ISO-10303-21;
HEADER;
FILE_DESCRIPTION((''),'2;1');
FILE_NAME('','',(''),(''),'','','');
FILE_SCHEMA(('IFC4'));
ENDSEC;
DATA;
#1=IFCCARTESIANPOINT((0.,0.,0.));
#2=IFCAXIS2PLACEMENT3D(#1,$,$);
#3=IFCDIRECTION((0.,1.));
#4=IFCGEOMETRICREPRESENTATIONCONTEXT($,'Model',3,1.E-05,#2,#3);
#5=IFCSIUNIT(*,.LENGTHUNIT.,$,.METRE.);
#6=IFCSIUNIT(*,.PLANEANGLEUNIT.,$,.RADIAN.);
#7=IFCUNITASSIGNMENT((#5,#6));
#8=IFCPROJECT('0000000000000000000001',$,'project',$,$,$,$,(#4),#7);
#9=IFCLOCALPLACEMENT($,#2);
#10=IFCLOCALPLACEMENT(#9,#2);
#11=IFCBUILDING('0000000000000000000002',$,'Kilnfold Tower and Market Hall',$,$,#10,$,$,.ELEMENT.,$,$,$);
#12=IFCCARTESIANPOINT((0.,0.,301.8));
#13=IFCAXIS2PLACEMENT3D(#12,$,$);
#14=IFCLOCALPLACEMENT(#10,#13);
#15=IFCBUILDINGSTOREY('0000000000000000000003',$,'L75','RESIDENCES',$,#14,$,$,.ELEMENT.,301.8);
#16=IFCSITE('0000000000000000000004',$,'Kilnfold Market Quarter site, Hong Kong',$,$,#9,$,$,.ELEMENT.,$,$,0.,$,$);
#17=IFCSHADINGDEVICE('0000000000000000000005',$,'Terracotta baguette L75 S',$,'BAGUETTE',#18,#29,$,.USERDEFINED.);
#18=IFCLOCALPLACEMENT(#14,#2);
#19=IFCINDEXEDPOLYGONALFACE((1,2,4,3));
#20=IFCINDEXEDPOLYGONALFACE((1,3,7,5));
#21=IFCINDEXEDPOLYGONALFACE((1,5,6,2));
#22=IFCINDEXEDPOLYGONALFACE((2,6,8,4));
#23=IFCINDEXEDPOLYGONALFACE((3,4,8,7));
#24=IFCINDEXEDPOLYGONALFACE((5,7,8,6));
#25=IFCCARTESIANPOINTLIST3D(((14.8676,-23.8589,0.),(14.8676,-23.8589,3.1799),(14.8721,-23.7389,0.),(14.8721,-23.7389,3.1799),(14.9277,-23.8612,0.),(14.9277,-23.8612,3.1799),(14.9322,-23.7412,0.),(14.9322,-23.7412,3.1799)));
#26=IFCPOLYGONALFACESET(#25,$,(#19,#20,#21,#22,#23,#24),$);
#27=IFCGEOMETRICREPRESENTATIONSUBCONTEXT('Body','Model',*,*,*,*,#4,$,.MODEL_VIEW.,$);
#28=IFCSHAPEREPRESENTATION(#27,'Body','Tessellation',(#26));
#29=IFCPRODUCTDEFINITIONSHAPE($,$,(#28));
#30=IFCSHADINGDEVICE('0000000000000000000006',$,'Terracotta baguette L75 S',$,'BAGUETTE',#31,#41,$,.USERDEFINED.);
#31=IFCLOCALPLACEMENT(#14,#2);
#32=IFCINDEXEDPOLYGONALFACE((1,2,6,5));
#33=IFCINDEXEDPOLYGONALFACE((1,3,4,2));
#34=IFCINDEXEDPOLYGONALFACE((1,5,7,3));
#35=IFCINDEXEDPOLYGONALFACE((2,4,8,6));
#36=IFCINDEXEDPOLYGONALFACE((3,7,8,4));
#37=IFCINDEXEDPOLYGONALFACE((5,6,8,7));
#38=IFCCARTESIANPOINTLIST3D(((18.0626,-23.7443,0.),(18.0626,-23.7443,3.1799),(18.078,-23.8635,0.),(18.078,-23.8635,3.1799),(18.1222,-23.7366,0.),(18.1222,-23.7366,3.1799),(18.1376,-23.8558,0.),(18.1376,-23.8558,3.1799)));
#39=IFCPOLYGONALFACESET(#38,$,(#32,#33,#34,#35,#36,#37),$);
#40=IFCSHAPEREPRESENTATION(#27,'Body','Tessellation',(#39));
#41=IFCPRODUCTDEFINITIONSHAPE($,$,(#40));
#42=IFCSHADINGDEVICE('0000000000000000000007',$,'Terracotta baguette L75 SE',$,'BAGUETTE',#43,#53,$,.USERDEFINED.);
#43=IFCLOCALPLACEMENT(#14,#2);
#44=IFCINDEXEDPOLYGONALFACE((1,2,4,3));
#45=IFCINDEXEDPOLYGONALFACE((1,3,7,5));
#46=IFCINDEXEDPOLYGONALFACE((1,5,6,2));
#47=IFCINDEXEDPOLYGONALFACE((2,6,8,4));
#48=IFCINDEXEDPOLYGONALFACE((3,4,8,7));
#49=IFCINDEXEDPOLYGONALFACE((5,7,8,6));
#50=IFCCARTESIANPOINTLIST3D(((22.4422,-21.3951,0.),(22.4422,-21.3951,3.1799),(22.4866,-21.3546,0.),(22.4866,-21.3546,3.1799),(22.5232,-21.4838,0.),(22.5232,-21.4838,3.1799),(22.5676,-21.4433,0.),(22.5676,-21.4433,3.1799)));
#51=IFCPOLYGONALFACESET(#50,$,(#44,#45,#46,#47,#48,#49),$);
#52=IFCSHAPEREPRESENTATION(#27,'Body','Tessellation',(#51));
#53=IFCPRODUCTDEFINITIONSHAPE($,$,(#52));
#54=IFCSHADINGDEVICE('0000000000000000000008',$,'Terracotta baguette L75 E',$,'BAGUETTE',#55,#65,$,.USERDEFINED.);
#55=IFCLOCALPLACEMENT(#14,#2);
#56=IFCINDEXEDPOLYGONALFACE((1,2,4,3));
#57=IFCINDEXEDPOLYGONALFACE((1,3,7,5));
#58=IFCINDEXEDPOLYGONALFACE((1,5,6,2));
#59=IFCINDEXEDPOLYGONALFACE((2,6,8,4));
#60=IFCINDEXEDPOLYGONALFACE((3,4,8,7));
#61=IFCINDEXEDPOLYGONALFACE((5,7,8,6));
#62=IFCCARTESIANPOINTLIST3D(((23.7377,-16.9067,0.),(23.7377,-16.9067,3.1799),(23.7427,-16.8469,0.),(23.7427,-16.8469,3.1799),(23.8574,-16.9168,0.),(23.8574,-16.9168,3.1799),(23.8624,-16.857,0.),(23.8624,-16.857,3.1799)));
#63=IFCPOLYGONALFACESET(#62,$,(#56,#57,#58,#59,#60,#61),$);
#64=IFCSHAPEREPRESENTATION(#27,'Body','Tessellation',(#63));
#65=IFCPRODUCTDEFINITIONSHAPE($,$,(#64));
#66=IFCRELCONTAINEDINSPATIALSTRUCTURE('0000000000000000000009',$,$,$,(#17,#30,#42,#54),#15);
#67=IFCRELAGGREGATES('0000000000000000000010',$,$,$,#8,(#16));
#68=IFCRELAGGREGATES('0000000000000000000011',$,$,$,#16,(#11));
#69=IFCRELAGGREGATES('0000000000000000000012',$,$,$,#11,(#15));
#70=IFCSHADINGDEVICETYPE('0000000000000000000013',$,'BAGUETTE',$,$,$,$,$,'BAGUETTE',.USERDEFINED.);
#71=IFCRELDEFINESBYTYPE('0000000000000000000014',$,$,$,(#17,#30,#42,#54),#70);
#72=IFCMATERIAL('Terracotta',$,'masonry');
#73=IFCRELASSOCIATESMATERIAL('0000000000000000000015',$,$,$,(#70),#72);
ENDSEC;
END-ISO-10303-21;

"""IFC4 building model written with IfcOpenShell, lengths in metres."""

from ifc_helpers import new_model, si_unit, direction, frame, origin, origin_2d, place, context, subcontext, project, spatial, rectangle, extrude, source, transform, mapped, material, material_profile, profile_set, type_object, element, save


model = new_model("IFC4")

# Units and contexts
model_context = context("Model", 3, precision=1e-05, world=origin(), true_north=direction((0.0, 1.0)))
body_context = subcontext(model_context, "Body", "Model", "MODEL_VIEW")
ifc_project = project(units=[si_unit("LENGTHUNIT", "METRE"), si_unit("PLANEANGLEUNIT", "RADIAN")], contexts=[model_context])

# Site, building, storey
site_placement = place(None, origin())
site = spatial("IfcSite", under=ifc_project, at=site_placement, Name="Kilnfold Market Quarter site, Hong Kong", CompositionType="ELEMENT", RefElevation=0.0)
building_placement = place(site_placement, origin())
building = spatial("IfcBuilding", under=site, at=building_placement, Name="Kilnfold Tower and Market Hall", CompositionType="ELEMENT")
storey_placement = place(building_placement, frame((0.0, 0.0, 301.8)))
storey = spatial("IfcBuildingStorey", under=building, at=storey_placement, Name="L75", Description="RESIDENCES", CompositionType="ELEMENT", Elevation=301.8)

# Shading devices
ifc_material_1 = material(Name="Terracotta", Category="masonry")
ifc_material_profile_1 = material_profile(ifc_material_1, rectangle(XDim=0.0601, YDim=0.1201, at=origin_2d()), Name="BAG 60x120")
ifc_profile_set_1 = profile_set([ifc_material_profile_1], Name="Terracotta")
shading_device_type = type_object("IfcShadingDeviceType", Name="BAGUETTE", ElementType="BAGUETTE", PredefinedType="USERDEFINED", material=ifc_profile_set_1)
shared_shape_1 = source(origin(), body_context, "Body", "SweptSolid", [
    extrude(rectangle(XDim=0.0601, YDim=0.1201, at=origin_2d()), origin(), (0.0, 0.0, 1.0), 3.1799),
])
for number, where, z_axis, x_axis, name in (
    (1, (14.8999, -23.8, 0.0), (0.0, 0.0, 1.0), (0.999297, -0.0375, 0.0), "Terracotta baguette L75 S"),
    (2, (18.1001, -23.8, 0.0), (0.0, 0.0, 1.0), (0.991788, 0.12789, 0.0), "Terracotta baguette L75 S"),
    (3, (22.5049, -21.4192, 0.0), (0.0, 0.0, 1.0), (0.738413, 0.674349, 0.0), "Terracotta baguette L75 SE"),
    (4, (23.8, -16.8818, 0.0), (0.0, 0.0, 1.0), (0.083888, 0.996475, 0.0), "Terracotta baguette L75 E"),
):
    element("IfcShadingDevice", number, at=place(storey_placement, frame(where, z_axis=z_axis, x_axis=x_axis)), inside=storey, type_object=shading_device_type, Name=name, ObjectType="BAGUETTE", PredefinedType="USERDEFINED", context=body_context, shape_type="MappedRepresentation", body=[
        mapped(shared_shape_1, transform((0.0, 0.0, 0.0))),
    ])

save(model, "model.ifc")
